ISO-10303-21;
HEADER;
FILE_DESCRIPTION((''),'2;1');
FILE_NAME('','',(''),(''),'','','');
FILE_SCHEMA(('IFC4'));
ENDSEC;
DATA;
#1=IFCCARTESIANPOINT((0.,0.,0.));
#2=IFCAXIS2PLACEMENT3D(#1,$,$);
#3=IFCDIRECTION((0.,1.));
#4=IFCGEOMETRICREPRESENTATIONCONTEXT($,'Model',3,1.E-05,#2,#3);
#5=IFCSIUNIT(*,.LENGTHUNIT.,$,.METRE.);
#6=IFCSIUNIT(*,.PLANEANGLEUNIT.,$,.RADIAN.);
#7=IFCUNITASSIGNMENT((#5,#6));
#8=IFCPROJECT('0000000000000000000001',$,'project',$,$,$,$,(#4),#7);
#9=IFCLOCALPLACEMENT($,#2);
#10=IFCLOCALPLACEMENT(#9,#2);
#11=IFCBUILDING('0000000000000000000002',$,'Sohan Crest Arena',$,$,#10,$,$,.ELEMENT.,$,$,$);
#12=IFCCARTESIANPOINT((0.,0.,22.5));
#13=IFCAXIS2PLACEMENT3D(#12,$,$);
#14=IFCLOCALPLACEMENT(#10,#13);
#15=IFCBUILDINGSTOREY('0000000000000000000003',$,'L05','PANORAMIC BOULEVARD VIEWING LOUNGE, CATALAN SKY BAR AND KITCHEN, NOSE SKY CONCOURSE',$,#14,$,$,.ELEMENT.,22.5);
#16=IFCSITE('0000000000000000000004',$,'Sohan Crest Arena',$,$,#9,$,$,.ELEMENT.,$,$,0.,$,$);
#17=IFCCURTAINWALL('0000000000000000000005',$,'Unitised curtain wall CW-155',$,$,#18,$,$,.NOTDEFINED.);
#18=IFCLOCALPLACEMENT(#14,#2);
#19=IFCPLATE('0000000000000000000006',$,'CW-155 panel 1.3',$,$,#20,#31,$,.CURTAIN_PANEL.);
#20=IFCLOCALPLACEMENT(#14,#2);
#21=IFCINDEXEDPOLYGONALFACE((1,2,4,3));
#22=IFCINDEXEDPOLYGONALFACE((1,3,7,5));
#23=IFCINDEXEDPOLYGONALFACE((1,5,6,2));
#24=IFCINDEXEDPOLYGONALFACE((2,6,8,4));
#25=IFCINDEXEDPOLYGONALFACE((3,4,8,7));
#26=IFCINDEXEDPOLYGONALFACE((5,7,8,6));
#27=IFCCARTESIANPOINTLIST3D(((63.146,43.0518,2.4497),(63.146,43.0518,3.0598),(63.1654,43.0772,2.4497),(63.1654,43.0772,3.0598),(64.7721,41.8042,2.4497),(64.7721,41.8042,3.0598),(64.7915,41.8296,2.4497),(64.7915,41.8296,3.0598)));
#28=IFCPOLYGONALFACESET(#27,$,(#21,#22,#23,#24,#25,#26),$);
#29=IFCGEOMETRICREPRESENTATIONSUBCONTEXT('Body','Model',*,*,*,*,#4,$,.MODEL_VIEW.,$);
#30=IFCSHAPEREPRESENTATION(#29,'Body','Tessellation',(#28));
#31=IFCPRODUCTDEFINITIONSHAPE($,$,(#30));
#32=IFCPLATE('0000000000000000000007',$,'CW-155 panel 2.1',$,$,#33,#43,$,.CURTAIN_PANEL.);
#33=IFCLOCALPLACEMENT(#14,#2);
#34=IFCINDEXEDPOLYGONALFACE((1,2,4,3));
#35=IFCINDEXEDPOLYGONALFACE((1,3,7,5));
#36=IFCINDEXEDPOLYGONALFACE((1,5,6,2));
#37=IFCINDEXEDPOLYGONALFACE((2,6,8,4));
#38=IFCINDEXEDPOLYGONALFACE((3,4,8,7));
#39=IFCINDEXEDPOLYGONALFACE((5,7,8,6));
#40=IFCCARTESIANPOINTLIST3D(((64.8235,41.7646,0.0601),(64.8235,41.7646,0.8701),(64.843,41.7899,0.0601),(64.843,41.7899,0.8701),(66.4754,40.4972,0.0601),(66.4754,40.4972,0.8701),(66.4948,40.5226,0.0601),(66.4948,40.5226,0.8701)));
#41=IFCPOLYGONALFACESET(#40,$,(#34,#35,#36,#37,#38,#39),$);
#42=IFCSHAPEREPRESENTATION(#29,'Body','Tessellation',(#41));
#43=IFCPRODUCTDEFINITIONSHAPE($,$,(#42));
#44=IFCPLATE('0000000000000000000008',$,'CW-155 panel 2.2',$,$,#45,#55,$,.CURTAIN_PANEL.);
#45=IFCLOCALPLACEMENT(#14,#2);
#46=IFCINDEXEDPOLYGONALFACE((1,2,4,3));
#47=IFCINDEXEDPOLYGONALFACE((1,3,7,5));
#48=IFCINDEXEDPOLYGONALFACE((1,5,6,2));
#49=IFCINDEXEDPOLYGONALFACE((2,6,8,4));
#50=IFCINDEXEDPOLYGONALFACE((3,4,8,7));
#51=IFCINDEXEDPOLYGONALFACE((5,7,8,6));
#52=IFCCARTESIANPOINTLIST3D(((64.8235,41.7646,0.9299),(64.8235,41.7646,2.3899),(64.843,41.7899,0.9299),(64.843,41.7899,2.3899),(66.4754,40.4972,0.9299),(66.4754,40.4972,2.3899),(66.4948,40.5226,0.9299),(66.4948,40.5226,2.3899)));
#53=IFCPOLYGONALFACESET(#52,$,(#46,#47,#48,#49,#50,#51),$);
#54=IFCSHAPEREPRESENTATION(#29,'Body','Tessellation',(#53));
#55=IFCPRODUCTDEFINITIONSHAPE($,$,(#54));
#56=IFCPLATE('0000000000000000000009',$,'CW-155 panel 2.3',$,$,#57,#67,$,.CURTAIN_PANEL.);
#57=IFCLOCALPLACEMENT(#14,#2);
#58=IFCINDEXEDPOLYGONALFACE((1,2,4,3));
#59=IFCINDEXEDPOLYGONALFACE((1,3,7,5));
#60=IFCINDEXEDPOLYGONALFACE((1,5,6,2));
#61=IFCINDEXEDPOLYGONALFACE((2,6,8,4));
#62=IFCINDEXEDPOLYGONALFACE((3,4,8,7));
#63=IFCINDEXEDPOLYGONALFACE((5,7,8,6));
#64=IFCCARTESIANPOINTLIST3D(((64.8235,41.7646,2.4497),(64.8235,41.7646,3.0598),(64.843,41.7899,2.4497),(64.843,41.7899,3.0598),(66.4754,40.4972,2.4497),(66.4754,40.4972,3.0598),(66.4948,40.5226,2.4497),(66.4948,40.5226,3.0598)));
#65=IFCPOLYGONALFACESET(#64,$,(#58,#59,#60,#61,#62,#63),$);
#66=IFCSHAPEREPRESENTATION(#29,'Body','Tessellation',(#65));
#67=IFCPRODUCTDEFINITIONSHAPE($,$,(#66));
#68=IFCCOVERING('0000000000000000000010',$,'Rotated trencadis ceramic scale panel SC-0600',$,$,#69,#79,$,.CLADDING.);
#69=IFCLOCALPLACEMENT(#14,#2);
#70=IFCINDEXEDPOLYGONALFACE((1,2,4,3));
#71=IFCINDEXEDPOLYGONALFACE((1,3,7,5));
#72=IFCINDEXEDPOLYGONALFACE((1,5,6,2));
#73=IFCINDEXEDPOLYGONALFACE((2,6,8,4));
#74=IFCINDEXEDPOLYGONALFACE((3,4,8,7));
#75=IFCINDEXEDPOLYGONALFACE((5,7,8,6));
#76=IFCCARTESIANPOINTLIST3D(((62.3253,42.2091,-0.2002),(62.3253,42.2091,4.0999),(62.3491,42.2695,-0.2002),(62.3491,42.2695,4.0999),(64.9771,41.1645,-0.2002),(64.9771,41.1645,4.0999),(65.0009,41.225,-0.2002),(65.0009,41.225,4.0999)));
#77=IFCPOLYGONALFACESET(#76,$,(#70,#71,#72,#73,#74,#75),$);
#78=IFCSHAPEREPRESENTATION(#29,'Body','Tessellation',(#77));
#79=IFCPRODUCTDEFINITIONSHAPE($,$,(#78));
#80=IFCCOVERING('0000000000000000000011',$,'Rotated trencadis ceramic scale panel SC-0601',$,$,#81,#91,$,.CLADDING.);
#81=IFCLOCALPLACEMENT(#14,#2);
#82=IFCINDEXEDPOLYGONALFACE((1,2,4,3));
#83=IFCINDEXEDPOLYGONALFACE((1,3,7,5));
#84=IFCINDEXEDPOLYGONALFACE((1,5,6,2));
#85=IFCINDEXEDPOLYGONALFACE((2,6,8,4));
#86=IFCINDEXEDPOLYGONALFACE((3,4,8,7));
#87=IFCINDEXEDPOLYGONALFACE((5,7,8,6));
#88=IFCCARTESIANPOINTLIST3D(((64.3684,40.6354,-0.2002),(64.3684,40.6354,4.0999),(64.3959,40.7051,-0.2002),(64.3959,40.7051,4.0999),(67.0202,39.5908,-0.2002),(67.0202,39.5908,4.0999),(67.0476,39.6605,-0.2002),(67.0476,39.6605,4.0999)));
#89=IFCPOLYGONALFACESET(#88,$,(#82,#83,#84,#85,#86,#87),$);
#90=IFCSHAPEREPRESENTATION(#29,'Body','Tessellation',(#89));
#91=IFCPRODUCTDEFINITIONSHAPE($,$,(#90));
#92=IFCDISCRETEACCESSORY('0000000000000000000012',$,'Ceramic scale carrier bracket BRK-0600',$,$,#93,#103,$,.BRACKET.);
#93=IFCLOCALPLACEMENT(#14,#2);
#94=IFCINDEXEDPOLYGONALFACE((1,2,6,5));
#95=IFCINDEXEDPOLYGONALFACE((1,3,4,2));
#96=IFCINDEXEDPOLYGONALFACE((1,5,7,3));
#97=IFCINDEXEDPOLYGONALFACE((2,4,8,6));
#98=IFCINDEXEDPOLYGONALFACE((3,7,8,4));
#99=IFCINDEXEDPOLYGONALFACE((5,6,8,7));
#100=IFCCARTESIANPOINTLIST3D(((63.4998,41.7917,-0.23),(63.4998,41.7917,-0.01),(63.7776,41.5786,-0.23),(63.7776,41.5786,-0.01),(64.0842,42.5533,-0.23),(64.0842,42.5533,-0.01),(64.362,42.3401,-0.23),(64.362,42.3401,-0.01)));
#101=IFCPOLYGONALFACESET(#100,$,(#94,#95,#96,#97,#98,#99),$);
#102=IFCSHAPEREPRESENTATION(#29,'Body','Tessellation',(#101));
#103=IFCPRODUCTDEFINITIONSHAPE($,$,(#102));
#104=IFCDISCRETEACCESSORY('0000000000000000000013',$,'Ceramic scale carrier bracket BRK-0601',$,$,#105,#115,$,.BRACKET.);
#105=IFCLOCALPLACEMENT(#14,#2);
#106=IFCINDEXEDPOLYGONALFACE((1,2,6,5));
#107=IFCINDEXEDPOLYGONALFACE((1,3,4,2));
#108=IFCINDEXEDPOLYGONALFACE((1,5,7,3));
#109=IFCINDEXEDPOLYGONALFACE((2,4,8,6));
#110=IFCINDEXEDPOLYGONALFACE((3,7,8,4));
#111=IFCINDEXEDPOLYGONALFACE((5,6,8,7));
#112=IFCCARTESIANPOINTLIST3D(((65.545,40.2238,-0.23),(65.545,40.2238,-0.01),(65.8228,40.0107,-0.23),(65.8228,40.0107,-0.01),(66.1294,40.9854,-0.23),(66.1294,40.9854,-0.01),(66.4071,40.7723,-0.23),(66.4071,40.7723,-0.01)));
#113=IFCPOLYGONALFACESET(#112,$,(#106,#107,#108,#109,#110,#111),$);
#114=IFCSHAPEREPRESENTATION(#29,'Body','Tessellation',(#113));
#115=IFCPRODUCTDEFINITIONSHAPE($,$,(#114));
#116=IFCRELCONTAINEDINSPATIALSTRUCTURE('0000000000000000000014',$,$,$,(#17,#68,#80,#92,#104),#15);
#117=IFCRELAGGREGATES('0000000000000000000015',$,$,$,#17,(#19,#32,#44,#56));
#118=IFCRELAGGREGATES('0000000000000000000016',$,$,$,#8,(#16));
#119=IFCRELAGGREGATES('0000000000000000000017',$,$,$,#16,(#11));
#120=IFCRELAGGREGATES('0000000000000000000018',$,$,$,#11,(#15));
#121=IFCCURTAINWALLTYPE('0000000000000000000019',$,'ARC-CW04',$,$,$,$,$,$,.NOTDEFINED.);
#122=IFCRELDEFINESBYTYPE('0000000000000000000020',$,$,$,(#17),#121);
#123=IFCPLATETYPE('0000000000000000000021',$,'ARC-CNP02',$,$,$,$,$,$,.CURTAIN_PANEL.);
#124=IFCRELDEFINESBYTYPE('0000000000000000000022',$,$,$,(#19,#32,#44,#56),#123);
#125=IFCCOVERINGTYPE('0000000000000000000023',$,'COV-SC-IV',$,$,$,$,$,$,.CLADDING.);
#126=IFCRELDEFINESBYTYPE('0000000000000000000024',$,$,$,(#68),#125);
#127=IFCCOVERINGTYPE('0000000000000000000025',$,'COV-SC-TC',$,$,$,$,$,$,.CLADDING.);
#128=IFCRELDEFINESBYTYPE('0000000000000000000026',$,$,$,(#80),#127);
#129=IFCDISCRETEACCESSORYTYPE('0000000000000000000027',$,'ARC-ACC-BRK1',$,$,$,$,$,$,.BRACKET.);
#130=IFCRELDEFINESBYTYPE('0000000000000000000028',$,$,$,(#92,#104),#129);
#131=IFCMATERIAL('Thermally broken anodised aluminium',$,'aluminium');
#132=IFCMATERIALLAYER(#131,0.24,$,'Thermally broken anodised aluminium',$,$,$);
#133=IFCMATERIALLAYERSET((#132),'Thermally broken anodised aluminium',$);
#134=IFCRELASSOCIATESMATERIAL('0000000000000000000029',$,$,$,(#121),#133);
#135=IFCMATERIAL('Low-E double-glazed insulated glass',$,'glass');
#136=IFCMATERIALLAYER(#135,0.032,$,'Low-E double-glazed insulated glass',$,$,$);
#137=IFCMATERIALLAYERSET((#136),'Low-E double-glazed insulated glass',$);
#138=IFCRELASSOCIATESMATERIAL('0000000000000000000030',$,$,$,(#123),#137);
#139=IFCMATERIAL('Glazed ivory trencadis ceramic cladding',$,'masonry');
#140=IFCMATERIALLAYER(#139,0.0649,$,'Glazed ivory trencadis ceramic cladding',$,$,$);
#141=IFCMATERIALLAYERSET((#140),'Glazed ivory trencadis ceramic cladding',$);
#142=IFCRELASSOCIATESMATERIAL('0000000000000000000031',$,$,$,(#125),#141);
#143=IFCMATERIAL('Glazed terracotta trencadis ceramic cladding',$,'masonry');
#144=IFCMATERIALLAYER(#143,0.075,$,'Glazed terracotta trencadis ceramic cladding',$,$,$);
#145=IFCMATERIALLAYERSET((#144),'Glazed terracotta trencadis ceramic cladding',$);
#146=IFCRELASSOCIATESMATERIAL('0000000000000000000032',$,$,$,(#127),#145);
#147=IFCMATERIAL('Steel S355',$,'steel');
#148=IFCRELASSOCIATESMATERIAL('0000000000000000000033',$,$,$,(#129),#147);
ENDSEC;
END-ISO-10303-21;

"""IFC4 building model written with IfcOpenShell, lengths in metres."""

from ifc_helpers import new_model, si_unit, direction, frame, origin, origin_2d, place, context, subcontext, project, spatial, rectangle, extrude, material, layer, layer_set, type_object, element, aggregate, save


model = new_model("IFC4")

# Units and contexts
model_context = context("Model", 3, precision=1e-05, world=origin(), true_north=direction((0.0, 1.0)))
body_context = subcontext(model_context, "Body", "Model", "MODEL_VIEW")
ifc_project = project(units=[si_unit("LENGTHUNIT", "METRE"), si_unit("PLANEANGLEUNIT", "RADIAN")], contexts=[model_context])

# Site, building, storey
site_placement = place(None, origin())
site = spatial("IfcSite", under=ifc_project, at=site_placement, Name="Sohan Crest Arena", CompositionType="ELEMENT", RefElevation=0.0)
building_placement = place(site_placement, origin())
building = spatial("IfcBuilding", under=site, at=building_placement, Name="Sohan Crest Arena", CompositionType="ELEMENT")
storey_placement = place(building_placement, frame((0.0, 0.0, 22.5)))
storey = spatial("IfcBuildingStorey", under=building, at=storey_placement, Name="L05", Description="PANORAMIC BOULEVARD VIEWING LOUNGE, CATALAN SKY BAR AND KITCHEN, NOSE SKY CONCOURSE", CompositionType="ELEMENT", Elevation=22.5)

# Curtain wall, plates
ifc_material_1 = material(Name="Thermally broken anodised aluminium", Category="aluminium")
ifc_layer_1 = layer(ifc_material_1, 0.24, Name="Thermally broken anodised aluminium")
ifc_layer_set_1 = layer_set([ifc_layer_1], Name="Thermally broken anodised aluminium")
curtain_wall_type = type_object("IfcCurtainWallType", Name="ARC-CW04", PredefinedType="NOTDEFINED", material=ifc_layer_set_1)
curtain_wall_placement = place(storey_placement, origin())
curtain_wall = element("IfcCurtainWall", 1, at=curtain_wall_placement, inside=storey, type_object=curtain_wall_type, Name="Unitised curtain wall CW-155", PredefinedType="NOTDEFINED")
ifc_material_2 = material(Name="Low-E double-glazed insulated glass", Category="glass")
ifc_layer_2 = layer(ifc_material_2, 0.032, Name="Low-E double-glazed insulated glass")
ifc_layer_set_2 = layer_set([ifc_layer_2], Name="Low-E double-glazed insulated glass")
plate_type = type_object("IfcPlateType", Name="ARC-CNP02", PredefinedType="CURTAIN_PANEL", material=ifc_layer_set_2)
plate_1_placement = place(storey_placement, frame((63.9688, 42.4407, 2.4497), z_axis=(0.0, 0.0, 1.0), x_axis=(0.793385, -0.60872, 0.0)))
plate_1 = element("IfcPlate", 2, at=plate_1_placement, type_object=plate_type, Name="CW-155 panel 1.3", PredefinedType="CURTAIN_PANEL", context=body_context, shape_type="SweptSolid", body=[
    extrude(rectangle(XDim=2.0496, YDim=0.032, at=origin_2d()), origin(), (0.0, 0.0, 1.0), 0.6101),
])
plate_2_placement = place(storey_placement, frame((65.6592, 41.1436, 0.0601), z_axis=(0.0, 0.0, 1.0), x_axis=(0.793385, -0.60872, 0.0)))
plate_2 = element("IfcPlate", 3, at=plate_2_placement, type_object=plate_type, Name="CW-155 panel 2.1", PredefinedType="CURTAIN_PANEL", context=body_context, shape_type="SweptSolid", body=[
    extrude(rectangle(XDim=2.082, YDim=0.032, at=origin_2d()), origin(), (0.0, 0.0, 1.0), 0.8101),
])
plate_3_placement = place(storey_placement, frame((65.6592, 41.1436, 0.9299), z_axis=(0.0, 0.0, 1.0), x_axis=(0.793385, -0.60872, 0.0)))
plate_3 = element("IfcPlate", 4, at=plate_3_placement, type_object=plate_type, Name="CW-155 panel 2.2", PredefinedType="CURTAIN_PANEL", context=body_context, shape_type="SweptSolid", body=[
    extrude(rectangle(XDim=2.082, YDim=0.032, at=origin_2d()), origin(), (0.0, 0.0, 1.0), 1.46),
])
plate_4_placement = place(storey_placement, frame((65.6592, 41.1436, 2.4497), z_axis=(0.0, 0.0, 1.0), x_axis=(0.793385, -0.60872, 0.0)))
plate_4 = element("IfcPlate", 5, at=plate_4_placement, type_object=plate_type, Name="CW-155 panel 2.3", PredefinedType="CURTAIN_PANEL", context=body_context, shape_type="SweptSolid", body=[
    extrude(rectangle(XDim=2.082, YDim=0.032, at=origin_2d()), origin(), (0.0, 0.0, 1.0), 0.6101),
])
aggregate(curtain_wall, [plate_1, plate_2, plate_3, plate_4])

# Coverings
ifc_material_3 = material(Name="Glazed ivory trencadis ceramic cladding", Category="masonry")
ifc_layer_3 = layer(ifc_material_3, 0.0649, Name="Glazed ivory trencadis ceramic cladding")
ifc_layer_set_3 = layer_set([ifc_layer_3], Name="Glazed ivory trencadis ceramic cladding")
covering_type_1 = type_object("IfcCoveringType", Name="COV-SC-IV", PredefinedType="CLADDING", material=ifc_layer_set_3)
covering_1_placement = place(storey_placement, frame((63.6631, 41.717, -0.2002), z_axis=(0.0, 0.0, 1.0), x_axis=(0.930418, -0.366501, 0.0)))
element("IfcCovering", 6, at=covering_1_placement, inside=storey, type_object=covering_type_1, Name="Rotated trencadis ceramic scale panel SC-0600", PredefinedType="CLADDING", context=body_context, shape_type="SweptSolid", body=[
    extrude(rectangle(XDim=2.8501, YDim=0.0649, at=origin_2d()), origin(), (0.0, 0.0, 1.0), 4.3),
])
ifc_material_4 = material(Name="Glazed terracotta trencadis ceramic cladding", Category="masonry")
ifc_layer_4 = layer(ifc_material_4, 0.075, Name="Glazed terracotta trencadis ceramic cladding")
ifc_layer_set_4 = layer_set([ifc_layer_4], Name="Glazed terracotta trencadis ceramic cladding")
covering_type_2 = type_object("IfcCoveringType", Name="COV-SC-TC", PredefinedType="CLADDING", material=ifc_layer_set_4)
covering_2_placement = place(storey_placement, frame((65.708, 40.1479, -0.2002), z_axis=(0.0, 0.0, 1.0), x_axis=(0.930418, -0.366501, 0.0)))
element("IfcCovering", 7, at=covering_2_placement, inside=storey, type_object=covering_type_2, Name="Rotated trencadis ceramic scale panel SC-0601", PredefinedType="CLADDING", context=body_context, shape_type="SweptSolid", body=[
    extrude(rectangle(XDim=2.8501, YDim=0.075, at=origin_2d()), origin(), (0.0, 0.0, 1.0), 4.3),
])

# Discrete accessories
ifc_material_5 = material(Name="Steel S355", Category="steel")
discrete_accessory_type = type_object("IfcDiscreteAccessoryType", Name="ARC-ACC-BRK1", PredefinedType="BRACKET", material=ifc_material_5)
for number, where, z_axis, x_axis, name in (
    (8, (63.9309, 42.0659, -0.23), (0.0, 0.0, 1.0), (0.793353, -0.608761, 0.0), "Ceramic scale carrier bracket BRK-0600"),
    (9, (65.9761, 40.498, -0.23), (0.0, 0.0, 1.0), (0.793353, -0.608761, 0.0), "Ceramic scale carrier bracket BRK-0601"),
):
    element("IfcDiscreteAccessory", number, at=place(storey_placement, frame(where, z_axis=z_axis, x_axis=x_axis)), inside=storey, type_object=discrete_accessory_type, Name=name, PredefinedType="BRACKET", context=body_context, shape_type="SweptSolid", body=[
        extrude(rectangle(XDim=0.3501, YDim=0.96, at=origin_2d()), origin(), (0.0, 0.0, 1.0), 0.22),
    ])

save(model, "model.ifc")
